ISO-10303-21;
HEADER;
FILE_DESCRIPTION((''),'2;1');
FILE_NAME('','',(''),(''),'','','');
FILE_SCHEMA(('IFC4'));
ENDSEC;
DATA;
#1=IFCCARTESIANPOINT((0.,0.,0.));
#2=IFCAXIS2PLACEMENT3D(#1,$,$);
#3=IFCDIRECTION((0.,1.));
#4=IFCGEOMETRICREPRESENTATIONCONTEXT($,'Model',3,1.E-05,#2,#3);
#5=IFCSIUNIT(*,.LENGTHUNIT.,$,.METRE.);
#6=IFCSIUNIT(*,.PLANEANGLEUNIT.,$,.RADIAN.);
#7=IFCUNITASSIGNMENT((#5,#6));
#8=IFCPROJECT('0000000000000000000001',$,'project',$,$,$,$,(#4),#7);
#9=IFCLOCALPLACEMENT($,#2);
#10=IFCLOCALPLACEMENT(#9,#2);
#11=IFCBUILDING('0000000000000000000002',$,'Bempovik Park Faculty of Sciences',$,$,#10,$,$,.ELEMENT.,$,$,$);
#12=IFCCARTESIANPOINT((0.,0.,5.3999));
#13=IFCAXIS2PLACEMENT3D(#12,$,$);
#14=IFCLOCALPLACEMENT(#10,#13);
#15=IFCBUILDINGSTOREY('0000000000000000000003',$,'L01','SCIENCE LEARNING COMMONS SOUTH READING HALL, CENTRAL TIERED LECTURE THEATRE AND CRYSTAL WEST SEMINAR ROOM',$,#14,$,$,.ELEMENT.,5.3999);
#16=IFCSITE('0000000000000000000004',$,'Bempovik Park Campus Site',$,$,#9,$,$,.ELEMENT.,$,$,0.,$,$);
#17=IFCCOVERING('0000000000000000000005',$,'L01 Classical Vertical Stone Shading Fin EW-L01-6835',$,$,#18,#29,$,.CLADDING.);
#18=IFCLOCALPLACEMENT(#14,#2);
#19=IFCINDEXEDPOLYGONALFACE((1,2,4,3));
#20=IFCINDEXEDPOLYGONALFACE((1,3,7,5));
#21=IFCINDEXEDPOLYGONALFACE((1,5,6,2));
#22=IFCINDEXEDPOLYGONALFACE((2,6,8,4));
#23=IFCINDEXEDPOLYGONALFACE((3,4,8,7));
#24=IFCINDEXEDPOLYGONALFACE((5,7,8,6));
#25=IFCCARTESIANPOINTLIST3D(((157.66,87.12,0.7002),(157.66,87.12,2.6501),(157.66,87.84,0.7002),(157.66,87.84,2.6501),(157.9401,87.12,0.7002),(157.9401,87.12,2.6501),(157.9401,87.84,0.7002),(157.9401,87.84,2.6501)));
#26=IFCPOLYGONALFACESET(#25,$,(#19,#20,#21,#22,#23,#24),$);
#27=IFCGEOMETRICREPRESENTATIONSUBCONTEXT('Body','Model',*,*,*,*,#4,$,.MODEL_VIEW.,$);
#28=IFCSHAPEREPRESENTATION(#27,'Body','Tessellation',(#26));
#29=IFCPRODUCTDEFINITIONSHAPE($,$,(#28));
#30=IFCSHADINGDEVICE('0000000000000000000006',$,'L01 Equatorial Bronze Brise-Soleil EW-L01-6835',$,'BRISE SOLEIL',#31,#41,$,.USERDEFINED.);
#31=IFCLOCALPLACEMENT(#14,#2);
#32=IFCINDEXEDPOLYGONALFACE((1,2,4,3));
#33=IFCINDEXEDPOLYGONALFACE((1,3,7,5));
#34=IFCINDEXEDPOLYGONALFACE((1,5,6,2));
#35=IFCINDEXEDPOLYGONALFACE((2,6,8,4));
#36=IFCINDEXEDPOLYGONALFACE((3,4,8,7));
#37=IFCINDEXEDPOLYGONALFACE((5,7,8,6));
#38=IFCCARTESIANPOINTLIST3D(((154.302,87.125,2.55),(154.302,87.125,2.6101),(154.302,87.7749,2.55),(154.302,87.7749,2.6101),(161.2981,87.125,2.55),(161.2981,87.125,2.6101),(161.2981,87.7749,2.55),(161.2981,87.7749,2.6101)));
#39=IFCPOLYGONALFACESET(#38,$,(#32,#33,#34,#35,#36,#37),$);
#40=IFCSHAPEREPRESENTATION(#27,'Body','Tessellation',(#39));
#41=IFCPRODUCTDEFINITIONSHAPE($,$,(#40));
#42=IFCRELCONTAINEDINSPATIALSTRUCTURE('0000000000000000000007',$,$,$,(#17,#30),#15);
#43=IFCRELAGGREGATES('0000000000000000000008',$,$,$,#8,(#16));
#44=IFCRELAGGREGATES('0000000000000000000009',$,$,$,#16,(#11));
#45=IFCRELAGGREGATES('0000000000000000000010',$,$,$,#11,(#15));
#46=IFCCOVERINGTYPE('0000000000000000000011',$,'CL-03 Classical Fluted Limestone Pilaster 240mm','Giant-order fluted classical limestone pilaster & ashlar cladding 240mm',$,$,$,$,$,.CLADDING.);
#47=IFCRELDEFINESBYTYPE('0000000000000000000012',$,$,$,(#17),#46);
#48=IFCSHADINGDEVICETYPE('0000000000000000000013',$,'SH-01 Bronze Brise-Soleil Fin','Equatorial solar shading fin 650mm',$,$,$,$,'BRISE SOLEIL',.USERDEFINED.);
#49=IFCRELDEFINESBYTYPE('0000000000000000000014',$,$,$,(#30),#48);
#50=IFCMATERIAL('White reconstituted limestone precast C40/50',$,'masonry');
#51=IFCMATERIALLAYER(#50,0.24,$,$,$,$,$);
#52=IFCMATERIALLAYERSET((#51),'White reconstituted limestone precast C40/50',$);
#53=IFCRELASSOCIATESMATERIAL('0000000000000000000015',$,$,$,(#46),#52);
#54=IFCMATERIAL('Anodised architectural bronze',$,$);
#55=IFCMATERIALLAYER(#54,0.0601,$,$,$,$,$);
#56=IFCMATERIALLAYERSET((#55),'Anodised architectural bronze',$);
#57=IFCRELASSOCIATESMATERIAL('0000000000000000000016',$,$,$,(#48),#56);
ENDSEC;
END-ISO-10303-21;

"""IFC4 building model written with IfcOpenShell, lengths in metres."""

from ifc_helpers import new_model, si_unit, direction, frame, origin, origin_2d, place, context, subcontext, project, spatial, rectangle, extrude, material, layer, layer_set, type_object, element, save


model = new_model("IFC4")

# Units and contexts
model_context = context("Model", 3, precision=1e-05, world=origin(), true_north=direction((0.0, 1.0)))
body_context = subcontext(model_context, "Body", "Model", "MODEL_VIEW")
ifc_project = project(units=[si_unit("LENGTHUNIT", "METRE"), si_unit("PLANEANGLEUNIT", "RADIAN")], contexts=[model_context])

# Site, building, storey
site_placement = place(None, origin())
site = spatial("IfcSite", under=ifc_project, at=site_placement, Name="Bempovik Park Campus Site", CompositionType="ELEMENT", RefElevation=0.0)
building_placement = place(site_placement, origin())
building = spatial("IfcBuilding", under=site, at=building_placement, Name="Bempovik Park Faculty of Sciences", CompositionType="ELEMENT")
storey_placement = place(building_placement, frame((0.0, 0.0, 5.3999)))
storey = spatial("IfcBuildingStorey", under=building, at=storey_placement, Name="L01", Description="SCIENCE LEARNING COMMONS SOUTH READING HALL, CENTRAL TIERED LECTURE THEATRE AND CRYSTAL WEST SEMINAR ROOM", CompositionType="ELEMENT", Elevation=5.3999)

# Covering
ifc_material_1 = material(Name="White reconstituted limestone precast C40/50", Category="masonry")
ifc_layer_1 = layer(ifc_material_1, 0.24)
ifc_layer_set_1 = layer_set([ifc_layer_1], Name="White reconstituted limestone precast C40/50")
covering_type_1 = type_object("IfcCoveringType", Name="CL-03 Classical Fluted Limestone Pilaster 240mm", Description="Giant-order fluted classical limestone pilaster & ashlar cladding 240mm", PredefinedType="CLADDING", material=ifc_layer_set_1)
covering_1_placement = place(storey_placement, frame((157.8, 87.48, 0.7002), z_axis=(0.0, 0.0, 1.0), x_axis=(1.0, 0.0, 0.0)))
element("IfcCovering", 1, at=covering_1_placement, inside=storey, type_object=covering_type_1, Name="L01 Classical Vertical Stone Shading Fin EW-L01-6835", PredefinedType="CLADDING", context=body_context, shape_type="SweptSolid", body=[
    extrude(rectangle(XDim=0.28, YDim=0.72, at=origin_2d()), origin(), (0.0, 0.0, 1.0), 1.95),
])

# Shading device
ifc_material_2 = material(Name="Anodised architectural bronze")
ifc_layer_2 = layer(ifc_material_2, 0.0601)
ifc_layer_set_2 = layer_set([ifc_layer_2], Name="Anodised architectural bronze")
shading_device_type = type_object("IfcShadingDeviceType", Name="SH-01 Bronze Brise-Soleil Fin", Description="Equatorial solar shading fin 650mm", ElementType="BRISE SOLEIL", PredefinedType="USERDEFINED", material=ifc_layer_set_2)
shading_device_placement = place(storey_placement, frame((157.8, 87.45, 2.55), z_axis=(0.0, 0.0, 1.0), x_axis=(1.0, 0.0, 0.0)))
element("IfcShadingDevice", 2, at=shading_device_placement, inside=storey, type_object=shading_device_type, Name="L01 Equatorial Bronze Brise-Soleil EW-L01-6835", ObjectType="BRISE SOLEIL", PredefinedType="USERDEFINED", context=body_context, shape_type="SweptSolid", body=[
    extrude(rectangle(XDim=6.9961, YDim=0.6499, at=origin_2d()), origin(), (0.0, 0.0, 1.0), 0.0601),
])

save(model, "model.ifc")
